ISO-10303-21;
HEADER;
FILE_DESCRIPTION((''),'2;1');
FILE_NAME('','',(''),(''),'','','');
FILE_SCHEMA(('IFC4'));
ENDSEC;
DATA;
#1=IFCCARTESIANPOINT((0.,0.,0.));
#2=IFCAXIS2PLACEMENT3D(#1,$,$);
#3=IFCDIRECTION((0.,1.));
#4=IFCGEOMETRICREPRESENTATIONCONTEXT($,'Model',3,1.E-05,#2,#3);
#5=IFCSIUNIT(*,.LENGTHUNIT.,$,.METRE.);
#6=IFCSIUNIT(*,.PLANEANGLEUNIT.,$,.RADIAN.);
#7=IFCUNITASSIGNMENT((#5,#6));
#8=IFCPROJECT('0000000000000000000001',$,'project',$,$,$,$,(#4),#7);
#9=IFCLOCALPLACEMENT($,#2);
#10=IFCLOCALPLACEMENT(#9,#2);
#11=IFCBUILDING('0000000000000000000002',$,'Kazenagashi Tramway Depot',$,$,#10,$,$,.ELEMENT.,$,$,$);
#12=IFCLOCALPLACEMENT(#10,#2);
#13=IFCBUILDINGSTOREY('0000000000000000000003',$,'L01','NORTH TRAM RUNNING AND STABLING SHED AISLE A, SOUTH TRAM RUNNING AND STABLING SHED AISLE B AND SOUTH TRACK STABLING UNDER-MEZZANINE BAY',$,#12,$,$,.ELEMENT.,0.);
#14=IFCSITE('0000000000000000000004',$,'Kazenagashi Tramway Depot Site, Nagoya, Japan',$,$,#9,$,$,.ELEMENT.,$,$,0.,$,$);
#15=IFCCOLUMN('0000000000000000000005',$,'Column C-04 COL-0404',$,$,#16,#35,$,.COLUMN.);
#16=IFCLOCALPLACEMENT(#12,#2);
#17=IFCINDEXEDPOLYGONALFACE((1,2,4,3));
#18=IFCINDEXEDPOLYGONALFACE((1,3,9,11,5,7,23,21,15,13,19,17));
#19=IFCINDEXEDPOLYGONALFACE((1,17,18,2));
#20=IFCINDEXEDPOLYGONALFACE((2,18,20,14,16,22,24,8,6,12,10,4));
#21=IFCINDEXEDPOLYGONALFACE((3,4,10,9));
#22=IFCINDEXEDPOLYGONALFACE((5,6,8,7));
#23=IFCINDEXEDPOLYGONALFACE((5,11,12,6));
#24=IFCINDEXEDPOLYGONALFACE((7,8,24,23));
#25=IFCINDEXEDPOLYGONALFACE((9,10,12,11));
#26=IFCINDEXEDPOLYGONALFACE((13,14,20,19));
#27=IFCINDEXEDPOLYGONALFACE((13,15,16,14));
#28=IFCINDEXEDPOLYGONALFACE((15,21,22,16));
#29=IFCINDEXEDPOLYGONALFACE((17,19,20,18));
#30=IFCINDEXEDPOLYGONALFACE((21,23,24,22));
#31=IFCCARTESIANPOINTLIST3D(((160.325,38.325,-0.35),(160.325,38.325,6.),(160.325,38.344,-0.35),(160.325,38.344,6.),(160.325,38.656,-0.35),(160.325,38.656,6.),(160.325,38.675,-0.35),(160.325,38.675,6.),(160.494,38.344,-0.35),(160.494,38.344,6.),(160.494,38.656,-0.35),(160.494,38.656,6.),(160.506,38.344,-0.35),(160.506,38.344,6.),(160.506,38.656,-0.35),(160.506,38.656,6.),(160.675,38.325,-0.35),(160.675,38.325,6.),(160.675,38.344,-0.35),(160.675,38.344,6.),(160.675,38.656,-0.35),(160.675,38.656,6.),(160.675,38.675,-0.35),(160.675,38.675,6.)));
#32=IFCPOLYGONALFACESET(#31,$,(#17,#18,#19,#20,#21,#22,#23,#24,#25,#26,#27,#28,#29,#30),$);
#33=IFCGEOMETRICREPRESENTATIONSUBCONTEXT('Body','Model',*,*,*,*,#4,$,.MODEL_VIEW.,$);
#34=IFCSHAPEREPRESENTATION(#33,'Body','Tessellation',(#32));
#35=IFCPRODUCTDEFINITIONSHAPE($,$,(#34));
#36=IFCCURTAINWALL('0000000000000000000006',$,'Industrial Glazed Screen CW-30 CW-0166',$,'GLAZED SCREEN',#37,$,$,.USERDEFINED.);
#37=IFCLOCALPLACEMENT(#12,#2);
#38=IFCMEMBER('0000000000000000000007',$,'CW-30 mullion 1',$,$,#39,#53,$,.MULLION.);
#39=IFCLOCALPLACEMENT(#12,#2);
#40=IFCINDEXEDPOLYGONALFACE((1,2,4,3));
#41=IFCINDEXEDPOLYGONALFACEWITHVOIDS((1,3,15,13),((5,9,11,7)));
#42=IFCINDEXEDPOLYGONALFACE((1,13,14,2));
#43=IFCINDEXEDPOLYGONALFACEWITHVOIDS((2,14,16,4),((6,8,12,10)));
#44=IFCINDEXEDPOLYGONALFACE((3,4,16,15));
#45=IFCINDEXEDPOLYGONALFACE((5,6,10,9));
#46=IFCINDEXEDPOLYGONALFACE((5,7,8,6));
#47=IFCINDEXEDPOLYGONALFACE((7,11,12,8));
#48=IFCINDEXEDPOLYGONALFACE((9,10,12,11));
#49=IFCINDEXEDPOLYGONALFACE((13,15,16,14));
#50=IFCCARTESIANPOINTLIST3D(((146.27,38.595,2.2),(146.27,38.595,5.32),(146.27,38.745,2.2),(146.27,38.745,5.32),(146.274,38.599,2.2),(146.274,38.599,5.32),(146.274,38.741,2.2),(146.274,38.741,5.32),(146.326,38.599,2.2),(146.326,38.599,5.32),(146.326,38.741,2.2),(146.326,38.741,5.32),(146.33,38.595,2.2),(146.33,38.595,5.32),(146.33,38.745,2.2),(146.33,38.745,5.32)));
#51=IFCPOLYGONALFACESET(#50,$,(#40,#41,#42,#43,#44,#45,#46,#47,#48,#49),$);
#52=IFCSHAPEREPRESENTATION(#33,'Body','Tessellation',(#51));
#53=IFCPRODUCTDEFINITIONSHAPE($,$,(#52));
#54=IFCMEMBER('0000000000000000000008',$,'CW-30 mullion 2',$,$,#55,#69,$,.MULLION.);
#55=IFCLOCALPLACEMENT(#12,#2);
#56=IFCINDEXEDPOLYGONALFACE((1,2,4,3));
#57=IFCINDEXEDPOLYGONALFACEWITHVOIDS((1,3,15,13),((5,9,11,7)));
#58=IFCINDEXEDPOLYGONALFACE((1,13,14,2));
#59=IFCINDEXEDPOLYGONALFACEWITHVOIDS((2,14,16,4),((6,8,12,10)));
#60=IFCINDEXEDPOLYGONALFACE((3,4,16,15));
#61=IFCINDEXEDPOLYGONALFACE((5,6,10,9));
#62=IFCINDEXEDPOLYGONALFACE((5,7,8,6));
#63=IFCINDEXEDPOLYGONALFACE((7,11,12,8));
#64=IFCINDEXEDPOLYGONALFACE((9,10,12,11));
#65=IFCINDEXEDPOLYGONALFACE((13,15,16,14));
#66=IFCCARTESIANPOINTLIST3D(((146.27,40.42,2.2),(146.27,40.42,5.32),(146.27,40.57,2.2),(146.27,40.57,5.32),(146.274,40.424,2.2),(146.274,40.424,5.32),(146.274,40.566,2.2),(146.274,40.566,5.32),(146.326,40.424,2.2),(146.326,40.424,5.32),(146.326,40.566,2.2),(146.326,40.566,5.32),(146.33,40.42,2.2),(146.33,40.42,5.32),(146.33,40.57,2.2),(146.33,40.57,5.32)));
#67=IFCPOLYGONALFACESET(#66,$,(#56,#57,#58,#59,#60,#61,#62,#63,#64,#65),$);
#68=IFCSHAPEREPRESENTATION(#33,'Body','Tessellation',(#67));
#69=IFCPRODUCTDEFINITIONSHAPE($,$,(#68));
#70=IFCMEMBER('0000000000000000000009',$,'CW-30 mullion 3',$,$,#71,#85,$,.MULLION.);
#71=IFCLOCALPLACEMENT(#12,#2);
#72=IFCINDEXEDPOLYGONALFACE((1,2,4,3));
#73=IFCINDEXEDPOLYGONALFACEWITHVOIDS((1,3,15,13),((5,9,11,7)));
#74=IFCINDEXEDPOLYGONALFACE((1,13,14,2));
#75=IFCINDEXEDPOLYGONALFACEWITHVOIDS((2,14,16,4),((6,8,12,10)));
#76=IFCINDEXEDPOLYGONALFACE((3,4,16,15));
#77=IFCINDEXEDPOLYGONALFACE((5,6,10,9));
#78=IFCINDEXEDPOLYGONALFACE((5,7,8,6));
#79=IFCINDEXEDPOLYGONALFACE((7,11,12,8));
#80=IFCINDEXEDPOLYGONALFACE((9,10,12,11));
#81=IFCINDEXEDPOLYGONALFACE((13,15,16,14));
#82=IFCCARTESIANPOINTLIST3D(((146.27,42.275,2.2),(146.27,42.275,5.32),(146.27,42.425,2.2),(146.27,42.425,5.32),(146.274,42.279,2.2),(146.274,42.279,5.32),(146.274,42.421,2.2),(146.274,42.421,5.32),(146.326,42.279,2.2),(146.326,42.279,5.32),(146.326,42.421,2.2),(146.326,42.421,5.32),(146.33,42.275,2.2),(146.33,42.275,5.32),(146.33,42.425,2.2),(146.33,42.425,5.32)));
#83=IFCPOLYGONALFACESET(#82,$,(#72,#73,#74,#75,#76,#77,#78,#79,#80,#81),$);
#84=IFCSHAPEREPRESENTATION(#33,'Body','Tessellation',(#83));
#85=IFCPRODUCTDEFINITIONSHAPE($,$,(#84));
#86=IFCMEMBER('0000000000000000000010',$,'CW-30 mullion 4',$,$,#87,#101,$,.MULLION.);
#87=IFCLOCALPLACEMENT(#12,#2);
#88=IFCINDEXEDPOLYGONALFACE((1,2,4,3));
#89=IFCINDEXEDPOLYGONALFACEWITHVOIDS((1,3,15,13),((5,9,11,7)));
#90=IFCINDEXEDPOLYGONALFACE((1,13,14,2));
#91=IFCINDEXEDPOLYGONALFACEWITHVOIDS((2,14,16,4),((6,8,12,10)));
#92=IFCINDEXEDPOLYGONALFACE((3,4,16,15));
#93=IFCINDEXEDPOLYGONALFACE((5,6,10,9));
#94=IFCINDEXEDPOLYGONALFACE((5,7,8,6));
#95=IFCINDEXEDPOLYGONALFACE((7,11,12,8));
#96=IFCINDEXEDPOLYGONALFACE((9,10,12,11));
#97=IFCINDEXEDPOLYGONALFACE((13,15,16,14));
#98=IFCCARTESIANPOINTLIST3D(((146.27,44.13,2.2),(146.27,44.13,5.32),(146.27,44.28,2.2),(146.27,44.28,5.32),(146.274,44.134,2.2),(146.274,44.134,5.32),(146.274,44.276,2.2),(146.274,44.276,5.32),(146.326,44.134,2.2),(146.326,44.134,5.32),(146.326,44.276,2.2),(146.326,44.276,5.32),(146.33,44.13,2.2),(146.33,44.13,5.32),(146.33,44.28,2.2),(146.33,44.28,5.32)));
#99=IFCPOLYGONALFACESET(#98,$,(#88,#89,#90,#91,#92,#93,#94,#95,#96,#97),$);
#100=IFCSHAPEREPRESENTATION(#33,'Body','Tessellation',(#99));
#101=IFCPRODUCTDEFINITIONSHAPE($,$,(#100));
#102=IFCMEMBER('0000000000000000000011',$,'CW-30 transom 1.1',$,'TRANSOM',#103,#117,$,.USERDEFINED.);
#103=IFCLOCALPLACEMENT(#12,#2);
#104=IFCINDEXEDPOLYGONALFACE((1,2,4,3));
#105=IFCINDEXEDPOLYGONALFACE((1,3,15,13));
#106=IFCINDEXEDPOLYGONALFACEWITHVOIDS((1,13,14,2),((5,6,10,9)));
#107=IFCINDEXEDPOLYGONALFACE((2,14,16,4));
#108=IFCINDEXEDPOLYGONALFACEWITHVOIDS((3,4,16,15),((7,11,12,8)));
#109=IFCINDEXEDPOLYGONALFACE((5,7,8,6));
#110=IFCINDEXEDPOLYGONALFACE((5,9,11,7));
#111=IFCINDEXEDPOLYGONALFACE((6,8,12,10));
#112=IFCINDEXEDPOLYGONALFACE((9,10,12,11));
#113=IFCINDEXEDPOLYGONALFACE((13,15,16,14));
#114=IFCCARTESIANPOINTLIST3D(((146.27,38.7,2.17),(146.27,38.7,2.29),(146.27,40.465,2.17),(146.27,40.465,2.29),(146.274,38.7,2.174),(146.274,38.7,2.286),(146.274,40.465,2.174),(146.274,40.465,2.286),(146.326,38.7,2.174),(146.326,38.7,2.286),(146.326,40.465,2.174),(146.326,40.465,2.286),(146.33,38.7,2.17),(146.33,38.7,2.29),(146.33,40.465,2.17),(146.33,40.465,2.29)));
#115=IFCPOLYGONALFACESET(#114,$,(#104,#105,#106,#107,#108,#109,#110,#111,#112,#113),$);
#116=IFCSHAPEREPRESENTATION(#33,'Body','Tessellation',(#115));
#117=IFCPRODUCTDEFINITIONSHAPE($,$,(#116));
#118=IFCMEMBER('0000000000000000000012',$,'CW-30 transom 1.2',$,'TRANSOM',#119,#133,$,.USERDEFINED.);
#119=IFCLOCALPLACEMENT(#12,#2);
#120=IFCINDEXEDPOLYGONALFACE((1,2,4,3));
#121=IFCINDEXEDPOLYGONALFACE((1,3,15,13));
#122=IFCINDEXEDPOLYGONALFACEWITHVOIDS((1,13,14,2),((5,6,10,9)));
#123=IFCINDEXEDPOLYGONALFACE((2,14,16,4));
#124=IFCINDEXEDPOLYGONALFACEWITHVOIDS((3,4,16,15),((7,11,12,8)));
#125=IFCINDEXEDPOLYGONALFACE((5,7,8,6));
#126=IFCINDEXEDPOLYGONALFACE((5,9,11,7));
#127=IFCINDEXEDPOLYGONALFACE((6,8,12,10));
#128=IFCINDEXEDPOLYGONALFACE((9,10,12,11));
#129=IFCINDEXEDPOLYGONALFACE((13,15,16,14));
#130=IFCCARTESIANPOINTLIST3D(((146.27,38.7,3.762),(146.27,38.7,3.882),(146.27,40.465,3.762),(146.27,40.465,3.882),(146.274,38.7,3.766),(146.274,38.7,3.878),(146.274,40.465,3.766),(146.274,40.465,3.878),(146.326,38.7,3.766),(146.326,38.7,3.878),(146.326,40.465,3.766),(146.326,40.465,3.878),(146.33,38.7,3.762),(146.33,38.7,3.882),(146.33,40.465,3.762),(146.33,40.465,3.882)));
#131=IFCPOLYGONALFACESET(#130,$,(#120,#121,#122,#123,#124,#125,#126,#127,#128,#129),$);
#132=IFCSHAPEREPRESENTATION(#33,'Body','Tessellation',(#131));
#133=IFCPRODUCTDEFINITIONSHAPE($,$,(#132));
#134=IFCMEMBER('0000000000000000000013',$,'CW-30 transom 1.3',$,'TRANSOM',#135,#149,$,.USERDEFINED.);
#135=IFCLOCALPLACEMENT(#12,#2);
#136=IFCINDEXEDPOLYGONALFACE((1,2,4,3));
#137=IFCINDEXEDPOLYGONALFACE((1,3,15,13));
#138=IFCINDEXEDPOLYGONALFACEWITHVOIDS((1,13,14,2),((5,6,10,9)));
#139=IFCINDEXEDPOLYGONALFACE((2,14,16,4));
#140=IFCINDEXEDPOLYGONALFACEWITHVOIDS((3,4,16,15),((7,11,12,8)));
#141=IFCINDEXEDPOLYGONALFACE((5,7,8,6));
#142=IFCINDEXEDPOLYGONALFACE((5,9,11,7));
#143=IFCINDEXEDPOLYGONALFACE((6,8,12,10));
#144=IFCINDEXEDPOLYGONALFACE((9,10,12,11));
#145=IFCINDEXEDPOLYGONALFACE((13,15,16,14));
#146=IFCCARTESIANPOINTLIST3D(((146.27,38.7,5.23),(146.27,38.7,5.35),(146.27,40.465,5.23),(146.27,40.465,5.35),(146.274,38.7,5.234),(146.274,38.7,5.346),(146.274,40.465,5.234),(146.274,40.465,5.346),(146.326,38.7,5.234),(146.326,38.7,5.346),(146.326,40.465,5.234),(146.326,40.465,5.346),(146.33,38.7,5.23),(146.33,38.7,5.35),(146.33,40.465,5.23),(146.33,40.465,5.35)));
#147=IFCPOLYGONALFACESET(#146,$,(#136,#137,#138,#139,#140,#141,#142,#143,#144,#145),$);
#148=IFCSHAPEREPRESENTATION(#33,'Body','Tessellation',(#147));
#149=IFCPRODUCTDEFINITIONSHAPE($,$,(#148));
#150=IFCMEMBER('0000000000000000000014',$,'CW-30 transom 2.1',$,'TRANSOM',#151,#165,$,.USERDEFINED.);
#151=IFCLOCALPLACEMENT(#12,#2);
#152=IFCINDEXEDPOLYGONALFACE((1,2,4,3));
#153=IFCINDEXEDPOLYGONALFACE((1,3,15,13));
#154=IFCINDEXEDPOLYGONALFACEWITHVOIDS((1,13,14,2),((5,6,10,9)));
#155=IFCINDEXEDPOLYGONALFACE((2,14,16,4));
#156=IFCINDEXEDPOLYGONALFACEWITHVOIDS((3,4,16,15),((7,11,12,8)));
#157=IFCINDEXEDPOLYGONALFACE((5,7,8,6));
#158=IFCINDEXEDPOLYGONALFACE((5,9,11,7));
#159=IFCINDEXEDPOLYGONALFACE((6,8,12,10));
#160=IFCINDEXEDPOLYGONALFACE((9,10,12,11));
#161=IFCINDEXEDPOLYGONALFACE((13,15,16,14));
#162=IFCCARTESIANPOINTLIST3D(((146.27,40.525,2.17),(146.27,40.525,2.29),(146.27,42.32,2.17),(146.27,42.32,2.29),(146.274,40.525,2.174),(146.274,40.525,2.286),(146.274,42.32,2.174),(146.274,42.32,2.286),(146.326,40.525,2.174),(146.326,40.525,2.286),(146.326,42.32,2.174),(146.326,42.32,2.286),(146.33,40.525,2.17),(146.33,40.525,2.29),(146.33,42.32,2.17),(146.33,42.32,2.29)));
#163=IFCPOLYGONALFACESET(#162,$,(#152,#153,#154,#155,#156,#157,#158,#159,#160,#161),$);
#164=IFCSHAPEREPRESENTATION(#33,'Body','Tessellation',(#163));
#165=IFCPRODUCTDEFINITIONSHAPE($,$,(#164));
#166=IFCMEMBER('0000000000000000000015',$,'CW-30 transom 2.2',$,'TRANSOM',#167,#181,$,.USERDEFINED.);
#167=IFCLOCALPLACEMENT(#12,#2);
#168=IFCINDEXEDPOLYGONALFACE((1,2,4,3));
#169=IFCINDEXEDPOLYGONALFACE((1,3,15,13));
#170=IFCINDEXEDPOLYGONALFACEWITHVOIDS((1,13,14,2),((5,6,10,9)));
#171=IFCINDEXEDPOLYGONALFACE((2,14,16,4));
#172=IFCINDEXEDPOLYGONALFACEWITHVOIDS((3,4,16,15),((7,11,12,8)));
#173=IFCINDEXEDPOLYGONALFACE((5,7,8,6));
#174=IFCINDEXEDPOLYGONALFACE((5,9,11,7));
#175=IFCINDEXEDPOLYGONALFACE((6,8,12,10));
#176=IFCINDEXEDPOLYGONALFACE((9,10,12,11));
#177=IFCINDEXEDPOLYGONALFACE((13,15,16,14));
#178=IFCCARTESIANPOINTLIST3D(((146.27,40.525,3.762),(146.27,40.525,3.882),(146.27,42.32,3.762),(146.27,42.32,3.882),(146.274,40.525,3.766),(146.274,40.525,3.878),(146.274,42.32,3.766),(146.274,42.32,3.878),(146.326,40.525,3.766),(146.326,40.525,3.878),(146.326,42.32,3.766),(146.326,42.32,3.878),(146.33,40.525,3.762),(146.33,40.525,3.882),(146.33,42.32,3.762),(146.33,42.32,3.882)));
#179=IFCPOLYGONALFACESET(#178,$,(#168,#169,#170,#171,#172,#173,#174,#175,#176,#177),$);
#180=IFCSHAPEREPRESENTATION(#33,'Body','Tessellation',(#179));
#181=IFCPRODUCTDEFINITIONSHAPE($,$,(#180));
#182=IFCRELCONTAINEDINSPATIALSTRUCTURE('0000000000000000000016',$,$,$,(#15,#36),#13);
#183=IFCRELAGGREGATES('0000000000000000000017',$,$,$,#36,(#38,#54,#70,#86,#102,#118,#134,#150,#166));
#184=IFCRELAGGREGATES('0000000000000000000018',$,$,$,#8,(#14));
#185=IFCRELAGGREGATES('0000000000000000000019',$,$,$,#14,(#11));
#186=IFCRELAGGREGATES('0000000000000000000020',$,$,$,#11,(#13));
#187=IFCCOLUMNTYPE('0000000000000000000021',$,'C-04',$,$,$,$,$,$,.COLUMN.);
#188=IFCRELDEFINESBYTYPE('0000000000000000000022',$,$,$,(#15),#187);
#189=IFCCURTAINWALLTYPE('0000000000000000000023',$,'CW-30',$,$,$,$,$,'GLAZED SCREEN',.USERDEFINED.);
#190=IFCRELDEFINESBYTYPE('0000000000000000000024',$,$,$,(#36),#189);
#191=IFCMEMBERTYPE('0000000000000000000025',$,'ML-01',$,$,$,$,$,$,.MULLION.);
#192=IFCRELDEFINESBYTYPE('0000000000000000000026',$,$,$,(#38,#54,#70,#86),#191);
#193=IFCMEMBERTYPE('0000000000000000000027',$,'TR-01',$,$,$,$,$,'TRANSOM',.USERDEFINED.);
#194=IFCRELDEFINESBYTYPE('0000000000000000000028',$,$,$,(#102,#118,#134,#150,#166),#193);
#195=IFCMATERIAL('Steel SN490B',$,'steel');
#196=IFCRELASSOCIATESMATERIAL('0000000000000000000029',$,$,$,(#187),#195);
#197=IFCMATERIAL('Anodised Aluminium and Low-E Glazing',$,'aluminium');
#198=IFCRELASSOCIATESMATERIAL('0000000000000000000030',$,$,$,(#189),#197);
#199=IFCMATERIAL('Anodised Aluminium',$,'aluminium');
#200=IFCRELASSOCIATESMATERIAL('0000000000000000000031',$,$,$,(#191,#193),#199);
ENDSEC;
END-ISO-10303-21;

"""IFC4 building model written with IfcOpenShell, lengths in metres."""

from ifc_helpers import new_model, si_unit, direction, frame, origin, origin_2d, place, context, subcontext, project, spatial, hollow_rectangle, i_section, extrude, material, material_profile, profile_set, type_object, element, aggregate, save


model = new_model("IFC4")

# Units and contexts
model_context = context("Model", 3, precision=1e-05, world=origin(), true_north=direction((0.0, 1.0)))
body_context = subcontext(model_context, "Body", "Model", "MODEL_VIEW")
ifc_project = project(units=[si_unit("LENGTHUNIT", "METRE"), si_unit("PLANEANGLEUNIT", "RADIAN")], contexts=[model_context])

# Site, building, storey
site_placement = place(None, origin())
site = spatial("IfcSite", under=ifc_project, at=site_placement, Name="Kazenagashi Tramway Depot Site, Nagoya, Japan", CompositionType="ELEMENT", RefElevation=0.0)
building_placement = place(site_placement, origin())
building = spatial("IfcBuilding", under=site, at=building_placement, Name="Kazenagashi Tramway Depot", CompositionType="ELEMENT")
storey_placement = place(building_placement, origin())
storey = spatial("IfcBuildingStorey", under=building, at=storey_placement, Name="L01", Description="NORTH TRAM RUNNING AND STABLING SHED AISLE A, SOUTH TRAM RUNNING AND STABLING SHED AISLE B AND SOUTH TRACK STABLING UNDER-MEZZANINE BAY", CompositionType="ELEMENT", Elevation=0.0)

# Column
ifc_material_1 = material(Name="Steel SN490B", Category="steel")
ifc_material_profile_1 = material_profile(ifc_material_1, i_section(OverallWidth=0.35, OverallDepth=0.35, WebThickness=0.012, FlangeThickness=0.019, at=origin_2d()), Name="H-350x350x12x19")
ifc_profile_set_1 = profile_set([ifc_material_profile_1], Name="Steel SN490B")
column_type = type_object("IfcColumnType", Name="C-04", PredefinedType="COLUMN", material=ifc_profile_set_1)
column_placement = place(storey_placement, frame((160.5, 38.5, -0.35), z_axis=(0.0, 0.0, 1.0), x_axis=(1.0, 0.0, 0.0)))
element("IfcColumn", 1, at=column_placement, inside=storey, type_object=column_type, Name="Column C-04 COL-0404", PredefinedType="COLUMN", context=body_context, shape_type="SweptSolid", body=[
    extrude(i_section(OverallWidth=0.35, OverallDepth=0.35, WebThickness=0.012, FlangeThickness=0.019, at=origin_2d()), origin(), (0.0, 0.0, 1.0), 6.35),
])

# Curtain wall, members
ifc_material_2 = material(Name="Anodised Aluminium and Low-E Glazing", Category="aluminium")
curtain_wall_type = type_object("IfcCurtainWallType", Name="CW-30", ElementType="GLAZED SCREEN", PredefinedType="USERDEFINED", material=ifc_material_2)
curtain_wall_placement = place(storey_placement, origin())
curtain_wall = element("IfcCurtainWall", 2, at=curtain_wall_placement, inside=storey, type_object=curtain_wall_type, Name="Industrial Glazed Screen CW-30 CW-0166", ObjectType="GLAZED SCREEN", PredefinedType="USERDEFINED")
ifc_material_3 = material(Name="Anodised Aluminium", Category="aluminium")
ifc_material_profile_2 = material_profile(ifc_material_3, hollow_rectangle(XDim=0.06, YDim=0.15, WallThickness=0.004, at=origin_2d()), Name="RHS-150x60x4")
ifc_profile_set_2 = profile_set([ifc_material_profile_2], Name="Anodised Aluminium")
member_type_1 = type_object("IfcMemberType", Name="ML-01", PredefinedType="MULLION", material=ifc_profile_set_2)
member_1_placement = place(storey_placement, frame((146.3, 38.67, 2.2), z_axis=(0.0, 0.0, 1.0), x_axis=(-1.0, 0.0, 0.0)))
member_1 = element("IfcMember", 3, at=member_1_placement, type_object=member_type_1, Name="CW-30 mullion 1", PredefinedType="MULLION", context=body_context, shape_type="SweptSolid", body=[
    extrude(hollow_rectangle(XDim=0.06, YDim=0.15, WallThickness=0.004, at=origin_2d()), origin(), (0.0, 0.0, 1.0), 3.12),
])
member_2_placement = place(storey_placement, frame((146.3, 40.495, 2.2), z_axis=(0.0, 0.0, 1.0), x_axis=(-1.0, 0.0, 0.0)))
member_2 = element("IfcMember", 4, at=member_2_placement, type_object=member_type_1, Name="CW-30 mullion 2", PredefinedType="MULLION", context=body_context, shape_type="SweptSolid", body=[
    extrude(hollow_rectangle(XDim=0.06, YDim=0.15, WallThickness=0.004, at=origin_2d()), origin(), (0.0, 0.0, 1.0), 3.12),
])
member_3_placement = place(storey_placement, frame((146.3, 42.35, 2.2), z_axis=(0.0, 0.0, 1.0), x_axis=(-1.0, 0.0, 0.0)))
member_3 = element("IfcMember", 5, at=member_3_placement, type_object=member_type_1, Name="CW-30 mullion 3", PredefinedType="MULLION", context=body_context, shape_type="SweptSolid", body=[
    extrude(hollow_rectangle(XDim=0.06, YDim=0.15, WallThickness=0.004, at=origin_2d()), origin(), (0.0, 0.0, 1.0), 3.12),
])
member_4_placement = place(storey_placement, frame((146.3, 44.205, 2.2), z_axis=(0.0, 0.0, 1.0), x_axis=(-1.0, 0.0, 0.0)))
member_4 = element("IfcMember", 6, at=member_4_placement, type_object=member_type_1, Name="CW-30 mullion 4", PredefinedType="MULLION", context=body_context, shape_type="SweptSolid", body=[
    extrude(hollow_rectangle(XDim=0.06, YDim=0.15, WallThickness=0.004, at=origin_2d()), origin(), (0.0, 0.0, 1.0), 3.12),
])
ifc_material_profile_3 = material_profile(ifc_material_3, hollow_rectangle(XDim=0.06, YDim=0.12, WallThickness=0.004, at=origin_2d()), Name="RHS-120x60x4")
ifc_profile_set_3 = profile_set([ifc_material_profile_3], Name="Anodised Aluminium")
member_type_2 = type_object("IfcMemberType", Name="TR-01", ElementType="TRANSOM", PredefinedType="USERDEFINED", material=ifc_profile_set_3)
member_5_placement = place(storey_placement, frame((146.3, 38.7, 2.23), z_axis=(0.0, 1.0, 0.0), x_axis=(-1.0, 0.0, 0.0)))
member_5 = element("IfcMember", 7, at=member_5_placement, type_object=member_type_2, Name="CW-30 transom 1.1", ObjectType="TRANSOM", PredefinedType="USERDEFINED", context=body_context, shape_type="SweptSolid", body=[
    extrude(hollow_rectangle(XDim=0.06, YDim=0.12, WallThickness=0.004, at=origin_2d()), origin(), (0.0, 0.0, 1.0), 1.765),
])
member_6_placement = place(storey_placement, frame((146.3, 38.7, 3.822), z_axis=(0.0, 1.0, 0.0), x_axis=(-1.0, 0.0, 0.0)))
member_6 = element("IfcMember", 8, at=member_6_placement, type_object=member_type_2, Name="CW-30 transom 1.2", ObjectType="TRANSOM", PredefinedType="USERDEFINED", context=body_context, shape_type="SweptSolid", body=[
    extrude(hollow_rectangle(XDim=0.06, YDim=0.12, WallThickness=0.004, at=origin_2d()), origin(), (0.0, 0.0, 1.0), 1.765),
])
member_7_placement = place(storey_placement, frame((146.3, 38.7, 5.29), z_axis=(0.0, 1.0, 0.0), x_axis=(-1.0, 0.0, 0.0)))
member_7 = element("IfcMember", 9, at=member_7_placement, type_object=member_type_2, Name="CW-30 transom 1.3", ObjectType="TRANSOM", PredefinedType="USERDEFINED", context=body_context, shape_type="SweptSolid", body=[
    extrude(hollow_rectangle(XDim=0.06, YDim=0.12, WallThickness=0.004, at=origin_2d()), origin(), (0.0, 0.0, 1.0), 1.765),
])
member_8_placement = place(storey_placement, frame((146.3, 40.525, 2.23), z_axis=(0.0, 1.0, 0.0), x_axis=(-1.0, 0.0, 0.0)))
member_8 = element("IfcMember", 10, at=member_8_placement, type_object=member_type_2, Name="CW-30 transom 2.1", ObjectType="TRANSOM", PredefinedType="USERDEFINED", context=body_context, shape_type="SweptSolid", body=[
    extrude(hollow_rectangle(XDim=0.06, YDim=0.12, WallThickness=0.004, at=origin_2d()), origin(), (0.0, 0.0, 1.0), 1.795),
])
member_9_placement = place(storey_placement, frame((146.3, 40.525, 3.822), z_axis=(0.0, 1.0, 0.0), x_axis=(-1.0, 0.0, 0.0)))
member_9 = element("IfcMember", 11, at=member_9_placement, type_object=member_type_2, Name="CW-30 transom 2.2", ObjectType="TRANSOM", PredefinedType="USERDEFINED", context=body_context, shape_type="SweptSolid", body=[
    extrude(hollow_rectangle(XDim=0.06, YDim=0.12, WallThickness=0.004, at=origin_2d()), origin(), (0.0, 0.0, 1.0), 1.795),
])
aggregate(curtain_wall, [member_1, member_2, member_3, member_4, member_5, member_6, member_7, member_8, member_9])

save(model, "model.ifc")
